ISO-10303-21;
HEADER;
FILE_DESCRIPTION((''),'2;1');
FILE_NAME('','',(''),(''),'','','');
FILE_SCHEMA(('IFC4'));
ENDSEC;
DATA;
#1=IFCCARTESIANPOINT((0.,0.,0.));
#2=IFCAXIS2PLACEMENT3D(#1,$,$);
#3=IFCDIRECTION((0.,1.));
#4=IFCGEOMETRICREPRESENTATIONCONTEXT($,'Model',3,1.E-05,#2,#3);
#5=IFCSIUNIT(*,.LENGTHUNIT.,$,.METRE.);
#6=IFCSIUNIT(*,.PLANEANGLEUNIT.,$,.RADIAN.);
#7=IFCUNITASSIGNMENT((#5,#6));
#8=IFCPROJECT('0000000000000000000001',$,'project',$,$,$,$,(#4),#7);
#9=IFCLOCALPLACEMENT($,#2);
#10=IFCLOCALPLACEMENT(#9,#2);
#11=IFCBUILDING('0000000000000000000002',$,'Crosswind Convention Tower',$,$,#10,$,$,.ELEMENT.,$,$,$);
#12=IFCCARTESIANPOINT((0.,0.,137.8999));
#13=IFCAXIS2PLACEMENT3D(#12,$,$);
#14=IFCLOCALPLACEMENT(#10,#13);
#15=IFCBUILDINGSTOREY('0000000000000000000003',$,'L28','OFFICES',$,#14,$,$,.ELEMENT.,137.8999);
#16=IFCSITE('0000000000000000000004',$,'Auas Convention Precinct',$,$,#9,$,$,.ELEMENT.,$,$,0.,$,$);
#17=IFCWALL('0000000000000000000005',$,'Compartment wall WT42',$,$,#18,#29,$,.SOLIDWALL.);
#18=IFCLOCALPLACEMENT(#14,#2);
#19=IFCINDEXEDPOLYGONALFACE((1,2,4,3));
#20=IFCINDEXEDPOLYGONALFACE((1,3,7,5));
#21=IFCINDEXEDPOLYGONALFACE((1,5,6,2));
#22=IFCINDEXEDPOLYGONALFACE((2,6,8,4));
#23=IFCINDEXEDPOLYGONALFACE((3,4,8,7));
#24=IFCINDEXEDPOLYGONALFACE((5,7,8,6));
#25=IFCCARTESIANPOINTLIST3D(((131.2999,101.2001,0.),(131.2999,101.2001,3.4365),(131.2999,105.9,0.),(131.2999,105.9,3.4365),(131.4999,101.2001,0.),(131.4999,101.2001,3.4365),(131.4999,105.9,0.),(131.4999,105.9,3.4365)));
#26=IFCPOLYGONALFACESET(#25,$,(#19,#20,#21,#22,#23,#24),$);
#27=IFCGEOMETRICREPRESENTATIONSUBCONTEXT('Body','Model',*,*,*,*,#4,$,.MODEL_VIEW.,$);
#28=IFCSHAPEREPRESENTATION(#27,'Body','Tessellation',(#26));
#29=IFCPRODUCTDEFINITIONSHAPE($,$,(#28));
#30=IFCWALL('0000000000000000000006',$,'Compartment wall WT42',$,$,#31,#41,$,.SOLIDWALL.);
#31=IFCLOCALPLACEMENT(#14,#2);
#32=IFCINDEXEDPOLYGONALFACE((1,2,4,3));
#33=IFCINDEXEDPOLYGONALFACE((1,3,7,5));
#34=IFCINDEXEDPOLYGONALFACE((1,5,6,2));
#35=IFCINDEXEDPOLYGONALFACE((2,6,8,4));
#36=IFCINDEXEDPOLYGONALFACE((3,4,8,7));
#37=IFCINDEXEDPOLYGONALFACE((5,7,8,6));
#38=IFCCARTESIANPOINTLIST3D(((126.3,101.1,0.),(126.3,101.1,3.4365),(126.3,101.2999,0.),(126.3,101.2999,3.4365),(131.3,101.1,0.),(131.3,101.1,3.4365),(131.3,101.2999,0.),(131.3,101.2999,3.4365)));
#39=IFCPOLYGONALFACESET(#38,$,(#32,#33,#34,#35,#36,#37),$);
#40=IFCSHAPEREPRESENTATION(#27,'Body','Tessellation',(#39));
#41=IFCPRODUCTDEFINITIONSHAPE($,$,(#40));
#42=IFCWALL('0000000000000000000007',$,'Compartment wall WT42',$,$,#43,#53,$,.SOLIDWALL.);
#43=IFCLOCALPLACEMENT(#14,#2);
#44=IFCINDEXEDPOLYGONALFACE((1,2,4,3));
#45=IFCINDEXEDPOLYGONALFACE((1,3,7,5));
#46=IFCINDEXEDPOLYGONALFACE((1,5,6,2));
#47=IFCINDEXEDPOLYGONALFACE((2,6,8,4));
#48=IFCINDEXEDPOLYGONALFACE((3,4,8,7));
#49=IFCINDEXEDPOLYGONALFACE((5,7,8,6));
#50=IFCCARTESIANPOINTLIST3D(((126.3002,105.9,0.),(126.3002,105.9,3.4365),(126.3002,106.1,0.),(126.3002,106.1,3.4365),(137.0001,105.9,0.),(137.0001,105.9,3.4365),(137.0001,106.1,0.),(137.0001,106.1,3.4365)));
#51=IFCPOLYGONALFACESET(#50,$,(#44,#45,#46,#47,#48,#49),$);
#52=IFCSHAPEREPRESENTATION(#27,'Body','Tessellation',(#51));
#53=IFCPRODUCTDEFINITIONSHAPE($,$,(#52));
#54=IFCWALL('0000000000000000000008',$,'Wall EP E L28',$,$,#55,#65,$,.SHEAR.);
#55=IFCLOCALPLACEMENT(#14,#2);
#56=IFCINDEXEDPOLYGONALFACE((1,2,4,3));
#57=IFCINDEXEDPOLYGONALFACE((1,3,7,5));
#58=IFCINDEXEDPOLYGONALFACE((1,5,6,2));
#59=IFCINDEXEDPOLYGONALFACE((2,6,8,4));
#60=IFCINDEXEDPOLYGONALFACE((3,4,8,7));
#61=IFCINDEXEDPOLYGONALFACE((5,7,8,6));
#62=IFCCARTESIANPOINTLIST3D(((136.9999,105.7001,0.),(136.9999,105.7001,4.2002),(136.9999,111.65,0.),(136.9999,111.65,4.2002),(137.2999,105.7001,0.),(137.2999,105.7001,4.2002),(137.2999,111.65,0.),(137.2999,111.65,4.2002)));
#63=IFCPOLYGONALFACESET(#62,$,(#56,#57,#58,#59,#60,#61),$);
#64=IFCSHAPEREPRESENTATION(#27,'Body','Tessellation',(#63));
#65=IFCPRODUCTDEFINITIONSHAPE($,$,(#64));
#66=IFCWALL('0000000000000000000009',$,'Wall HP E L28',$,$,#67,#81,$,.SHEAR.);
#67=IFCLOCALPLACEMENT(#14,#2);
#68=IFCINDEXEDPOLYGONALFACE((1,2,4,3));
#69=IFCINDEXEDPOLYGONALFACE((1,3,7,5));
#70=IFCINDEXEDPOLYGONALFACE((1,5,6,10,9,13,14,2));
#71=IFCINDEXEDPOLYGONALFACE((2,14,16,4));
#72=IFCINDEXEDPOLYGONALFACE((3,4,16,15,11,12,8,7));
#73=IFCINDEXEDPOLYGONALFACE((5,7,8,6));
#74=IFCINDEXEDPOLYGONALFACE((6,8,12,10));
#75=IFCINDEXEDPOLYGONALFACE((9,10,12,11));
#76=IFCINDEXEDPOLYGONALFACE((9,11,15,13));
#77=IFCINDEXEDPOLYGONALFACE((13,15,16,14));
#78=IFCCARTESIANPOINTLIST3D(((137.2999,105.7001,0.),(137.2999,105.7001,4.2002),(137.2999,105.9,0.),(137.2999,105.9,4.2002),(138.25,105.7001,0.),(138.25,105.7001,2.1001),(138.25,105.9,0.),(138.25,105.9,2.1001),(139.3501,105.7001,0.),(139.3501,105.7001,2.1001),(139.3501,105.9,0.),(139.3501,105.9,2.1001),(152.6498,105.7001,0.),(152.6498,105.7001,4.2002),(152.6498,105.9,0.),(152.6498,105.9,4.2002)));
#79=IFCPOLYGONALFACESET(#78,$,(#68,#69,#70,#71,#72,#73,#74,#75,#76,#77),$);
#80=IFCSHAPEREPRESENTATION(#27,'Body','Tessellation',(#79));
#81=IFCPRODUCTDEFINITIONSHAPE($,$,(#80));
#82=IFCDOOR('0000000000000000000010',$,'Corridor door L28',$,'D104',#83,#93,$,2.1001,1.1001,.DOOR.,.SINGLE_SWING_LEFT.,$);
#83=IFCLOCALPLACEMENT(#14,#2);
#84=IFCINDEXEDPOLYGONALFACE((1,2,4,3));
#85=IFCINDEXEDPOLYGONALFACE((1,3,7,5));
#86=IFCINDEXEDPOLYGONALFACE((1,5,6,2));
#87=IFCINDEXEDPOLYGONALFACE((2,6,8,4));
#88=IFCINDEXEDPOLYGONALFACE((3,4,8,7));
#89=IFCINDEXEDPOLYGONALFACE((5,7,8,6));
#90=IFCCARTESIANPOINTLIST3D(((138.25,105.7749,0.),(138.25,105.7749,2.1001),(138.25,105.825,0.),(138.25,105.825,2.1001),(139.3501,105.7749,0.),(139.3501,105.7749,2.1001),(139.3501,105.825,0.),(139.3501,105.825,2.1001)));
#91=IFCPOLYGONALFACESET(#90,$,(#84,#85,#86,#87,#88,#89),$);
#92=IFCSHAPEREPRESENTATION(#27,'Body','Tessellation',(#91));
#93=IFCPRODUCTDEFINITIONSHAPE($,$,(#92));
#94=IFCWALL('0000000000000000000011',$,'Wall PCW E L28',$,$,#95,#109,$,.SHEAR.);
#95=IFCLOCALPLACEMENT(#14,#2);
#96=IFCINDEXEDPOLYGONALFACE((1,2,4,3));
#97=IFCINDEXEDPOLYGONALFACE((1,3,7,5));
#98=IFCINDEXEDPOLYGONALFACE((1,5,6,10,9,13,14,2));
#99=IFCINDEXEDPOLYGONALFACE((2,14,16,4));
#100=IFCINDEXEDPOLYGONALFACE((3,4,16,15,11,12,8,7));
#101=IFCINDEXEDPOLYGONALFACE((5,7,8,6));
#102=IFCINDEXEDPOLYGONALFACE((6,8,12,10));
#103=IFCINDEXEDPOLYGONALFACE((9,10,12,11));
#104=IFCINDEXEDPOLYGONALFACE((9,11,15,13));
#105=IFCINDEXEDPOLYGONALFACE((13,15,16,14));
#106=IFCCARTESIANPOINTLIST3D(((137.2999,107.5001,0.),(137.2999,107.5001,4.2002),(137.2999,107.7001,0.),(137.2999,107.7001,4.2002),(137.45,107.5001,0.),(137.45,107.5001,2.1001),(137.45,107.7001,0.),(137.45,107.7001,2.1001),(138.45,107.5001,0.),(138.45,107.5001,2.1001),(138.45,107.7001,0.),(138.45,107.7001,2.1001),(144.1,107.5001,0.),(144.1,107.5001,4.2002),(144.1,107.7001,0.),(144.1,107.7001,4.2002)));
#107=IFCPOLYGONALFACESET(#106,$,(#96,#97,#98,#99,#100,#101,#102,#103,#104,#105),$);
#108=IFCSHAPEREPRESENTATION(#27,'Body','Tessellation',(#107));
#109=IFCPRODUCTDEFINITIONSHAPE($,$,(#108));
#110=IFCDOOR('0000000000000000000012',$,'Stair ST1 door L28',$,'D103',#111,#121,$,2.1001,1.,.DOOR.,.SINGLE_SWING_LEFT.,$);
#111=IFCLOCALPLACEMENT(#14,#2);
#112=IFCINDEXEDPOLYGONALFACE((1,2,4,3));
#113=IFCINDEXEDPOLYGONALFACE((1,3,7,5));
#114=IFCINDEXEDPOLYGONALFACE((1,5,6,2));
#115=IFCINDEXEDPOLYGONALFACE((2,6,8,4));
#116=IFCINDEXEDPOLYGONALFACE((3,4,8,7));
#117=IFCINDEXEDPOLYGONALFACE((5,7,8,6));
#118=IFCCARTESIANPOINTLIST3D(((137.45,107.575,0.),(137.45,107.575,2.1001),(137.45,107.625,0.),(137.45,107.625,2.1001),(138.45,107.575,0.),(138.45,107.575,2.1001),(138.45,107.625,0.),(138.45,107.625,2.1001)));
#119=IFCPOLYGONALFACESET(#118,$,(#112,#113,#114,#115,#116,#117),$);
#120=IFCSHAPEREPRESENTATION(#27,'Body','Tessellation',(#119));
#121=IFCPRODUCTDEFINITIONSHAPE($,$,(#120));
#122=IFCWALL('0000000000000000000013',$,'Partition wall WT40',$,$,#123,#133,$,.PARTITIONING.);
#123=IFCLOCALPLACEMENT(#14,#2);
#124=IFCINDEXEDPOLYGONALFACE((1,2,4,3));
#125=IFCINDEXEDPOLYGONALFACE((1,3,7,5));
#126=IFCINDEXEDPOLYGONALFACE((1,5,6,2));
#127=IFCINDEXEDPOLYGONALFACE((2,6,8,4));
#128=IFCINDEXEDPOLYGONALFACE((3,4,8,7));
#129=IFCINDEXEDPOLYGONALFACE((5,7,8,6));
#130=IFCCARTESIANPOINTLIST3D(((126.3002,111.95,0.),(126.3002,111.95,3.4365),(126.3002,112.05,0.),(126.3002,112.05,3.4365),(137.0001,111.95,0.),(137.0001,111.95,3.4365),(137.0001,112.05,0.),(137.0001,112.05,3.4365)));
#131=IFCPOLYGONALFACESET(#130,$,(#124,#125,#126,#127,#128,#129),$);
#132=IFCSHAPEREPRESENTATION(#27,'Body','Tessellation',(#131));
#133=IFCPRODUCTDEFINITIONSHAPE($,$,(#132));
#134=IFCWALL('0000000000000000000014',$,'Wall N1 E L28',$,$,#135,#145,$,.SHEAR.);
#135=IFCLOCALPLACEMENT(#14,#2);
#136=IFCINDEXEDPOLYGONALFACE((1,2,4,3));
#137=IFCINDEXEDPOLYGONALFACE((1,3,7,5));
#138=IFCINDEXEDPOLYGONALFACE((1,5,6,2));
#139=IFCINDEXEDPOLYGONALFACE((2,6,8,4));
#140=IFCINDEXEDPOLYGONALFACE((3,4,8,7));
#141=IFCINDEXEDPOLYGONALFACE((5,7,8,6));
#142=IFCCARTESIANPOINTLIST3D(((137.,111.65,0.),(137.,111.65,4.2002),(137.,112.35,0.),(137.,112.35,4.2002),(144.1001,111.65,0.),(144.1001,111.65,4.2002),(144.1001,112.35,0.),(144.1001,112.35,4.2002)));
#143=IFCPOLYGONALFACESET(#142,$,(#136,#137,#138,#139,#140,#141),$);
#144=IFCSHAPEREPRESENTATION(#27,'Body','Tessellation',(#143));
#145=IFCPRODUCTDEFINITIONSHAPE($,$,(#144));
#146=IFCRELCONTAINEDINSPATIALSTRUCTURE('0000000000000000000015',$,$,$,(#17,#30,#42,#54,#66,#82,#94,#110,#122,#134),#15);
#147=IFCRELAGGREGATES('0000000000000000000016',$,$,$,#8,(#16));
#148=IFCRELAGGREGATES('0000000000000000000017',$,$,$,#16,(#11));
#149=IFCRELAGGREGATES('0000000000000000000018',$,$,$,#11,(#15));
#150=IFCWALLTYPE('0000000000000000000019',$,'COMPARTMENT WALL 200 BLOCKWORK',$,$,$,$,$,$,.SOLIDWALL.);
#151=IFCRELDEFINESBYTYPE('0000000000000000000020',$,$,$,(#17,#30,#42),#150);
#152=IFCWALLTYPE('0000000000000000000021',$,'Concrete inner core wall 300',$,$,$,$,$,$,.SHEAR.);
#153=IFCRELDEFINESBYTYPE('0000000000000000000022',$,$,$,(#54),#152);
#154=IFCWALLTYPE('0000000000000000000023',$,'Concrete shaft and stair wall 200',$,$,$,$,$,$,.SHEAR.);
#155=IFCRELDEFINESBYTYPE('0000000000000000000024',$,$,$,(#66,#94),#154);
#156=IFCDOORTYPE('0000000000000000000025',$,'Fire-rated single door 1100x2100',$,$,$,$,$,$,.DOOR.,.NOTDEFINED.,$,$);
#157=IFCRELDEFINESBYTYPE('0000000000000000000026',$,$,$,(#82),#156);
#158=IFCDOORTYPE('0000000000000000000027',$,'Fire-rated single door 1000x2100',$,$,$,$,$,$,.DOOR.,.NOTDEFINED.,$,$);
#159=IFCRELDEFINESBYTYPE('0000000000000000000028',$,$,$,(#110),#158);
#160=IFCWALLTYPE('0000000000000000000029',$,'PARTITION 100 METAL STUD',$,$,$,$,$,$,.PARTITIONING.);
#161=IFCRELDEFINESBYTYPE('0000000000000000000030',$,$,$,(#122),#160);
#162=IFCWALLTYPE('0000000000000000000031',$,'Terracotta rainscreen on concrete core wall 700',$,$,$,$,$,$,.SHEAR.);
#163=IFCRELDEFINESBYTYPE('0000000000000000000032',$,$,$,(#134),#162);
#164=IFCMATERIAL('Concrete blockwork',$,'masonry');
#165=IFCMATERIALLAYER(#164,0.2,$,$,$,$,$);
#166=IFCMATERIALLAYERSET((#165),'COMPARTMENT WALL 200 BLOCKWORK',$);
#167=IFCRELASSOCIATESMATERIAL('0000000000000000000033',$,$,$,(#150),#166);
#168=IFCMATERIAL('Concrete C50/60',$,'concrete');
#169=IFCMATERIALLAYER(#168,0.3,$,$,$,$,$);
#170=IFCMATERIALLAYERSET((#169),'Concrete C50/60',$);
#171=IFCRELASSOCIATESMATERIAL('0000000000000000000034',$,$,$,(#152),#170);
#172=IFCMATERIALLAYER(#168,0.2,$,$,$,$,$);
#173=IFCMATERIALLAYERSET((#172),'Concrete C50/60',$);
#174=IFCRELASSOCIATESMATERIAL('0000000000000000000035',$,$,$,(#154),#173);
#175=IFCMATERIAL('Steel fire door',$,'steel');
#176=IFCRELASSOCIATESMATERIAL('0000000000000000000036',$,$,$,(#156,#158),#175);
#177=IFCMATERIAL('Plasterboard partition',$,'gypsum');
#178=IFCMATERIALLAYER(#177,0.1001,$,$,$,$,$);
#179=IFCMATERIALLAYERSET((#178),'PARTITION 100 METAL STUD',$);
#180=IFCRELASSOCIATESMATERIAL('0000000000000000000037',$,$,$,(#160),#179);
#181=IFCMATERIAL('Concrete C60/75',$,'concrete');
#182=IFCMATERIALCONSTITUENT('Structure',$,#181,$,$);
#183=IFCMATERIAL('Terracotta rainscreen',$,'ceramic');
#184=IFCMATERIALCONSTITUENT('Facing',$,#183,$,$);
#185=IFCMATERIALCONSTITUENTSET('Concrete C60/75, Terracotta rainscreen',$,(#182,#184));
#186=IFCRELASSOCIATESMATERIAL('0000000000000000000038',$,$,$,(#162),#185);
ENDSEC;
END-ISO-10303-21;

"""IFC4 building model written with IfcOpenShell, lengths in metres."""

from ifc_helpers import new_model, si_unit, direction, frame, frame_2d, origin, place, context, subcontext, project, spatial, rectangle, extrude, material, layer, layer_set, constituent, constituent_set, type_object, element, fill, save


model = new_model("IFC4")

# Units and contexts
model_context = context("Model", 3, precision=1e-05, world=origin(), true_north=direction((0.0, 1.0)))
body_context = subcontext(model_context, "Body", "Model", "MODEL_VIEW")
ifc_project = project(units=[si_unit("LENGTHUNIT", "METRE"), si_unit("PLANEANGLEUNIT", "RADIAN")], contexts=[model_context])

# Site, building, storey
site_placement = place(None, origin())
site = spatial("IfcSite", under=ifc_project, at=site_placement, Name="Auas Convention Precinct", CompositionType="ELEMENT", RefElevation=0.0)
building_placement = place(site_placement, origin())
building = spatial("IfcBuilding", under=site, at=building_placement, Name="Crosswind Convention Tower", CompositionType="ELEMENT")
storey_placement = place(building_placement, frame((0.0, 0.0, 137.8999)))
storey = spatial("IfcBuildingStorey", under=building, at=storey_placement, Name="L28", Description="OFFICES", CompositionType="ELEMENT", Elevation=137.8999)

# Shared definitions
ifc_material_1 = material(Name="Concrete blockwork", Category="masonry")
ifc_layer_1 = layer(ifc_material_1, 0.2)
ifc_layer_set_1 = layer_set([ifc_layer_1], Name="COMPARTMENT WALL 200 BLOCKWORK")
wall_type_1 = type_object("IfcWallType", Name="COMPARTMENT WALL 200 BLOCKWORK", PredefinedType="SOLIDWALL", material=ifc_layer_set_1)
ifc_material_2 = material(Name="Steel fire door", Category="steel")

# Walls
wall_1_placement = place(storey_placement, frame((131.3999, 101.2, 0.0), z_axis=(0.0, 0.0, 1.0), x_axis=(0.0, 1.0, 0.0)))
element("IfcWall", 1, at=wall_1_placement, inside=storey, type_object=wall_type_1, Name="Compartment wall WT42", PredefinedType="SOLIDWALL", context=body_context, shape_type="SweptSolid", body=[
    extrude(rectangle(XDim=4.7, YDim=0.2, at=frame_2d((2.3501, 0.0))), origin(), (0.0, 0.0, 1.0), 3.4365),
])
wall_2_placement = place(storey_placement, frame((126.3, 101.2, 0.0), z_axis=(0.0, 0.0, 1.0), x_axis=(1.0, 0.0, 0.0)))
element("IfcWall", 2, at=wall_2_placement, inside=storey, type_object=wall_type_1, Name="Compartment wall WT42", PredefinedType="SOLIDWALL", context=body_context, shape_type="SweptSolid", body=[
    extrude(rectangle(XDim=5.0, YDim=0.2, at=frame_2d((2.5, 0.0))), origin(), (0.0, 0.0, 1.0), 3.4365),
])
wall_3_placement = place(storey_placement, frame((126.3, 106.0, 0.0), z_axis=(0.0, 0.0, 1.0), x_axis=(1.0, 0.0, 0.0)))
element("IfcWall", 3, at=wall_3_placement, inside=storey, type_object=wall_type_1, Name="Compartment wall WT42", PredefinedType="SOLIDWALL", context=body_context, shape_type="SweptSolid", body=[
    extrude(rectangle(XDim=10.7, YDim=0.2, at=frame_2d((5.3501, 0.0))), origin(), (0.0, 0.0, 1.0), 3.4365),
])
ifc_material_3 = material(Name="Concrete C50/60", Category="concrete")
ifc_layer_2 = layer(ifc_material_3, 0.3)
ifc_layer_set_2 = layer_set([ifc_layer_2], Name="Concrete C50/60")
wall_type_2 = type_object("IfcWallType", Name="Concrete inner core wall 300", PredefinedType="SHEAR", material=ifc_layer_set_2)
wall_4_placement = place(storey_placement, frame((137.1499, 105.7, 0.0), z_axis=(0.0, 0.0, 1.0), x_axis=(0.0, 1.0, 0.0)))
element("IfcWall", 4, at=wall_4_placement, inside=storey, type_object=wall_type_2, Name="Wall EP E L28", PredefinedType="SHEAR", context=body_context, shape_type="SweptSolid", body=[
    extrude(rectangle(XDim=5.95, YDim=0.3, at=frame_2d((2.9751, 0.0))), origin(), (0.0, 0.0, 1.0), 4.2002),
])

# Walls, openings, doors
ifc_layer_3 = layer(ifc_material_3, 0.2)
ifc_layer_set_3 = layer_set([ifc_layer_3], Name="Concrete C50/60")
wall_type_3 = type_object("IfcWallType", Name="Concrete shaft and stair wall 200", PredefinedType="SHEAR", material=ifc_layer_set_3)
wall_5_placement = place(storey_placement, frame((137.3, 105.8, 0.0), z_axis=(0.0, 0.0, 1.0), x_axis=(1.0, 0.0, 0.0)))
wall_5 = element("IfcWall", 5, at=wall_5_placement, inside=storey, type_object=wall_type_3, Name="Wall HP E L28", PredefinedType="SHEAR", context=body_context, shape_type="SweptSolid", body=[
    extrude(rectangle(XDim=15.3499, YDim=0.2, at=frame_2d((7.6748, 0.0))), origin(), (0.0, 0.0, 1.0), 4.2002),
])
opening_1_placement = place(wall_5_placement, frame((0.95, 0.0, 0.0)))
opening_1 = element("IfcOpeningElement", 6, at=opening_1_placement, cuts=wall_5, PredefinedType="OPENING", context=body_context, shape_type="SweptSolid", body=[
    extrude(rectangle(XDim=1.1001, YDim=2.1001, at=frame_2d((0.55, 1.05))), frame((0.0, 0.1099, 0.0), z_axis=(0.0, -1.0, 0.0), x_axis=(1.0, 0.0, 0.0)), (0.0, 0.0, 1.0), 0.22),
])
door_type_1 = type_object("IfcDoorType", Name="Fire-rated single door 1100x2100", OperationType="NOTDEFINED", PredefinedType="DOOR", material=ifc_material_2)
door_1_placement = place(opening_1_placement, origin())
door_1 = element("IfcDoor", 7, at=door_1_placement, inside=storey, type_object=door_type_1, Name="Corridor door L28", ObjectType="D104", OperationType="SINGLE_SWING_LEFT", OverallHeight=2.1001, OverallWidth=1.1001, PredefinedType="DOOR", context=body_context, shape_type="SweptSolid", body=[
    extrude(rectangle(XDim=1.1001, YDim=2.1001, at=frame_2d((0.55, 1.05))), frame((0.0, 0.0249, 0.0), z_axis=(0.0, -1.0, 0.0), x_axis=(1.0, 0.0, 0.0)), (0.0, 0.0, 1.0), 0.05),
])
fill(opening_1, door_1)
wall_6_placement = place(storey_placement, frame((137.3, 107.6001, 0.0), z_axis=(0.0, 0.0, 1.0), x_axis=(1.0, 0.0, 0.0)))
wall_6 = element("IfcWall", 8, at=wall_6_placement, inside=storey, type_object=wall_type_3, Name="Wall PCW E L28", PredefinedType="SHEAR", context=body_context, shape_type="SweptSolid", body=[
    extrude(rectangle(XDim=6.8, YDim=0.2, at=frame_2d((3.3999, 0.0))), origin(), (0.0, 0.0, 1.0), 4.2002),
])
opening_2_placement = place(wall_6_placement, frame((0.1499, 0.0, 0.0)))
opening_2 = element("IfcOpeningElement", 9, at=opening_2_placement, cuts=wall_6, PredefinedType="OPENING", context=body_context, shape_type="SweptSolid", body=[
    extrude(rectangle(XDim=1.0, YDim=2.1001, at=frame_2d((0.5, 1.05))), frame((0.0, 0.1099, 0.0), z_axis=(0.0, -1.0, 0.0), x_axis=(1.0, 0.0, 0.0)), (0.0, 0.0, 1.0), 0.22),
])
door_type_2 = type_object("IfcDoorType", Name="Fire-rated single door 1000x2100", OperationType="NOTDEFINED", PredefinedType="DOOR", material=ifc_material_2)
door_2_placement = place(opening_2_placement, origin())
door_2 = element("IfcDoor", 10, at=door_2_placement, inside=storey, type_object=door_type_2, Name="Stair ST1 door L28", ObjectType="D103", OperationType="SINGLE_SWING_LEFT", OverallHeight=2.1001, OverallWidth=1.0, PredefinedType="DOOR", context=body_context, shape_type="SweptSolid", body=[
    extrude(rectangle(XDim=1.0, YDim=2.1001, at=frame_2d((0.5, 1.05))), frame((0.0, 0.0249, 0.0), z_axis=(0.0, -1.0, 0.0), x_axis=(1.0, 0.0, 0.0)), (0.0, 0.0, 1.0), 0.05),
])
fill(opening_2, door_2)

# Walls
ifc_material_4 = material(Name="Plasterboard partition", Category="gypsum")
ifc_layer_4 = layer(ifc_material_4, 0.1001)
ifc_layer_set_4 = layer_set([ifc_layer_4], Name="PARTITION 100 METAL STUD")
wall_type_4 = type_object("IfcWallType", Name="PARTITION 100 METAL STUD", PredefinedType="PARTITIONING", material=ifc_layer_set_4)
wall_7_placement = place(storey_placement, frame((126.3, 112.0, 0.0), z_axis=(0.0, 0.0, 1.0), x_axis=(1.0, 0.0, 0.0)))
element("IfcWall", 11, at=wall_7_placement, inside=storey, type_object=wall_type_4, Name="Partition wall WT40", PredefinedType="PARTITIONING", context=body_context, shape_type="SweptSolid", body=[
    extrude(rectangle(XDim=10.7, YDim=0.1001, at=frame_2d((5.3501, 0.0))), origin(), (0.0, 0.0, 1.0), 3.4365),
])
ifc_material_5 = material(Name="Concrete C60/75", Category="concrete")
ifc_constituent_1 = constituent(ifc_material_5, Name="Structure")
ifc_material_6 = material(Name="Terracotta rainscreen", Category="ceramic")
ifc_constituent_2 = constituent(ifc_material_6, Name="Facing")
ifc_constituent_set = constituent_set(constituents=[ifc_constituent_1, ifc_constituent_2], Name="Concrete C60/75, Terracotta rainscreen")
wall_type_5 = type_object("IfcWallType", Name="Terracotta rainscreen on concrete core wall 700", PredefinedType="SHEAR", material=ifc_constituent_set)
wall_8_placement = place(storey_placement, frame((137.0, 112.0, 0.0), z_axis=(0.0, 0.0, 1.0), x_axis=(1.0, 0.0, 0.0)))
element("IfcWall", 12, at=wall_8_placement, inside=storey, type_object=wall_type_5, Name="Wall N1 E L28", PredefinedType="SHEAR", context=body_context, shape_type="SweptSolid", body=[
    extrude(rectangle(XDim=7.1001, YDim=0.7, at=frame_2d((3.55, 0.0))), origin(), (0.0, 0.0, 1.0), 4.2002),
])

save(model, "model.ifc")
